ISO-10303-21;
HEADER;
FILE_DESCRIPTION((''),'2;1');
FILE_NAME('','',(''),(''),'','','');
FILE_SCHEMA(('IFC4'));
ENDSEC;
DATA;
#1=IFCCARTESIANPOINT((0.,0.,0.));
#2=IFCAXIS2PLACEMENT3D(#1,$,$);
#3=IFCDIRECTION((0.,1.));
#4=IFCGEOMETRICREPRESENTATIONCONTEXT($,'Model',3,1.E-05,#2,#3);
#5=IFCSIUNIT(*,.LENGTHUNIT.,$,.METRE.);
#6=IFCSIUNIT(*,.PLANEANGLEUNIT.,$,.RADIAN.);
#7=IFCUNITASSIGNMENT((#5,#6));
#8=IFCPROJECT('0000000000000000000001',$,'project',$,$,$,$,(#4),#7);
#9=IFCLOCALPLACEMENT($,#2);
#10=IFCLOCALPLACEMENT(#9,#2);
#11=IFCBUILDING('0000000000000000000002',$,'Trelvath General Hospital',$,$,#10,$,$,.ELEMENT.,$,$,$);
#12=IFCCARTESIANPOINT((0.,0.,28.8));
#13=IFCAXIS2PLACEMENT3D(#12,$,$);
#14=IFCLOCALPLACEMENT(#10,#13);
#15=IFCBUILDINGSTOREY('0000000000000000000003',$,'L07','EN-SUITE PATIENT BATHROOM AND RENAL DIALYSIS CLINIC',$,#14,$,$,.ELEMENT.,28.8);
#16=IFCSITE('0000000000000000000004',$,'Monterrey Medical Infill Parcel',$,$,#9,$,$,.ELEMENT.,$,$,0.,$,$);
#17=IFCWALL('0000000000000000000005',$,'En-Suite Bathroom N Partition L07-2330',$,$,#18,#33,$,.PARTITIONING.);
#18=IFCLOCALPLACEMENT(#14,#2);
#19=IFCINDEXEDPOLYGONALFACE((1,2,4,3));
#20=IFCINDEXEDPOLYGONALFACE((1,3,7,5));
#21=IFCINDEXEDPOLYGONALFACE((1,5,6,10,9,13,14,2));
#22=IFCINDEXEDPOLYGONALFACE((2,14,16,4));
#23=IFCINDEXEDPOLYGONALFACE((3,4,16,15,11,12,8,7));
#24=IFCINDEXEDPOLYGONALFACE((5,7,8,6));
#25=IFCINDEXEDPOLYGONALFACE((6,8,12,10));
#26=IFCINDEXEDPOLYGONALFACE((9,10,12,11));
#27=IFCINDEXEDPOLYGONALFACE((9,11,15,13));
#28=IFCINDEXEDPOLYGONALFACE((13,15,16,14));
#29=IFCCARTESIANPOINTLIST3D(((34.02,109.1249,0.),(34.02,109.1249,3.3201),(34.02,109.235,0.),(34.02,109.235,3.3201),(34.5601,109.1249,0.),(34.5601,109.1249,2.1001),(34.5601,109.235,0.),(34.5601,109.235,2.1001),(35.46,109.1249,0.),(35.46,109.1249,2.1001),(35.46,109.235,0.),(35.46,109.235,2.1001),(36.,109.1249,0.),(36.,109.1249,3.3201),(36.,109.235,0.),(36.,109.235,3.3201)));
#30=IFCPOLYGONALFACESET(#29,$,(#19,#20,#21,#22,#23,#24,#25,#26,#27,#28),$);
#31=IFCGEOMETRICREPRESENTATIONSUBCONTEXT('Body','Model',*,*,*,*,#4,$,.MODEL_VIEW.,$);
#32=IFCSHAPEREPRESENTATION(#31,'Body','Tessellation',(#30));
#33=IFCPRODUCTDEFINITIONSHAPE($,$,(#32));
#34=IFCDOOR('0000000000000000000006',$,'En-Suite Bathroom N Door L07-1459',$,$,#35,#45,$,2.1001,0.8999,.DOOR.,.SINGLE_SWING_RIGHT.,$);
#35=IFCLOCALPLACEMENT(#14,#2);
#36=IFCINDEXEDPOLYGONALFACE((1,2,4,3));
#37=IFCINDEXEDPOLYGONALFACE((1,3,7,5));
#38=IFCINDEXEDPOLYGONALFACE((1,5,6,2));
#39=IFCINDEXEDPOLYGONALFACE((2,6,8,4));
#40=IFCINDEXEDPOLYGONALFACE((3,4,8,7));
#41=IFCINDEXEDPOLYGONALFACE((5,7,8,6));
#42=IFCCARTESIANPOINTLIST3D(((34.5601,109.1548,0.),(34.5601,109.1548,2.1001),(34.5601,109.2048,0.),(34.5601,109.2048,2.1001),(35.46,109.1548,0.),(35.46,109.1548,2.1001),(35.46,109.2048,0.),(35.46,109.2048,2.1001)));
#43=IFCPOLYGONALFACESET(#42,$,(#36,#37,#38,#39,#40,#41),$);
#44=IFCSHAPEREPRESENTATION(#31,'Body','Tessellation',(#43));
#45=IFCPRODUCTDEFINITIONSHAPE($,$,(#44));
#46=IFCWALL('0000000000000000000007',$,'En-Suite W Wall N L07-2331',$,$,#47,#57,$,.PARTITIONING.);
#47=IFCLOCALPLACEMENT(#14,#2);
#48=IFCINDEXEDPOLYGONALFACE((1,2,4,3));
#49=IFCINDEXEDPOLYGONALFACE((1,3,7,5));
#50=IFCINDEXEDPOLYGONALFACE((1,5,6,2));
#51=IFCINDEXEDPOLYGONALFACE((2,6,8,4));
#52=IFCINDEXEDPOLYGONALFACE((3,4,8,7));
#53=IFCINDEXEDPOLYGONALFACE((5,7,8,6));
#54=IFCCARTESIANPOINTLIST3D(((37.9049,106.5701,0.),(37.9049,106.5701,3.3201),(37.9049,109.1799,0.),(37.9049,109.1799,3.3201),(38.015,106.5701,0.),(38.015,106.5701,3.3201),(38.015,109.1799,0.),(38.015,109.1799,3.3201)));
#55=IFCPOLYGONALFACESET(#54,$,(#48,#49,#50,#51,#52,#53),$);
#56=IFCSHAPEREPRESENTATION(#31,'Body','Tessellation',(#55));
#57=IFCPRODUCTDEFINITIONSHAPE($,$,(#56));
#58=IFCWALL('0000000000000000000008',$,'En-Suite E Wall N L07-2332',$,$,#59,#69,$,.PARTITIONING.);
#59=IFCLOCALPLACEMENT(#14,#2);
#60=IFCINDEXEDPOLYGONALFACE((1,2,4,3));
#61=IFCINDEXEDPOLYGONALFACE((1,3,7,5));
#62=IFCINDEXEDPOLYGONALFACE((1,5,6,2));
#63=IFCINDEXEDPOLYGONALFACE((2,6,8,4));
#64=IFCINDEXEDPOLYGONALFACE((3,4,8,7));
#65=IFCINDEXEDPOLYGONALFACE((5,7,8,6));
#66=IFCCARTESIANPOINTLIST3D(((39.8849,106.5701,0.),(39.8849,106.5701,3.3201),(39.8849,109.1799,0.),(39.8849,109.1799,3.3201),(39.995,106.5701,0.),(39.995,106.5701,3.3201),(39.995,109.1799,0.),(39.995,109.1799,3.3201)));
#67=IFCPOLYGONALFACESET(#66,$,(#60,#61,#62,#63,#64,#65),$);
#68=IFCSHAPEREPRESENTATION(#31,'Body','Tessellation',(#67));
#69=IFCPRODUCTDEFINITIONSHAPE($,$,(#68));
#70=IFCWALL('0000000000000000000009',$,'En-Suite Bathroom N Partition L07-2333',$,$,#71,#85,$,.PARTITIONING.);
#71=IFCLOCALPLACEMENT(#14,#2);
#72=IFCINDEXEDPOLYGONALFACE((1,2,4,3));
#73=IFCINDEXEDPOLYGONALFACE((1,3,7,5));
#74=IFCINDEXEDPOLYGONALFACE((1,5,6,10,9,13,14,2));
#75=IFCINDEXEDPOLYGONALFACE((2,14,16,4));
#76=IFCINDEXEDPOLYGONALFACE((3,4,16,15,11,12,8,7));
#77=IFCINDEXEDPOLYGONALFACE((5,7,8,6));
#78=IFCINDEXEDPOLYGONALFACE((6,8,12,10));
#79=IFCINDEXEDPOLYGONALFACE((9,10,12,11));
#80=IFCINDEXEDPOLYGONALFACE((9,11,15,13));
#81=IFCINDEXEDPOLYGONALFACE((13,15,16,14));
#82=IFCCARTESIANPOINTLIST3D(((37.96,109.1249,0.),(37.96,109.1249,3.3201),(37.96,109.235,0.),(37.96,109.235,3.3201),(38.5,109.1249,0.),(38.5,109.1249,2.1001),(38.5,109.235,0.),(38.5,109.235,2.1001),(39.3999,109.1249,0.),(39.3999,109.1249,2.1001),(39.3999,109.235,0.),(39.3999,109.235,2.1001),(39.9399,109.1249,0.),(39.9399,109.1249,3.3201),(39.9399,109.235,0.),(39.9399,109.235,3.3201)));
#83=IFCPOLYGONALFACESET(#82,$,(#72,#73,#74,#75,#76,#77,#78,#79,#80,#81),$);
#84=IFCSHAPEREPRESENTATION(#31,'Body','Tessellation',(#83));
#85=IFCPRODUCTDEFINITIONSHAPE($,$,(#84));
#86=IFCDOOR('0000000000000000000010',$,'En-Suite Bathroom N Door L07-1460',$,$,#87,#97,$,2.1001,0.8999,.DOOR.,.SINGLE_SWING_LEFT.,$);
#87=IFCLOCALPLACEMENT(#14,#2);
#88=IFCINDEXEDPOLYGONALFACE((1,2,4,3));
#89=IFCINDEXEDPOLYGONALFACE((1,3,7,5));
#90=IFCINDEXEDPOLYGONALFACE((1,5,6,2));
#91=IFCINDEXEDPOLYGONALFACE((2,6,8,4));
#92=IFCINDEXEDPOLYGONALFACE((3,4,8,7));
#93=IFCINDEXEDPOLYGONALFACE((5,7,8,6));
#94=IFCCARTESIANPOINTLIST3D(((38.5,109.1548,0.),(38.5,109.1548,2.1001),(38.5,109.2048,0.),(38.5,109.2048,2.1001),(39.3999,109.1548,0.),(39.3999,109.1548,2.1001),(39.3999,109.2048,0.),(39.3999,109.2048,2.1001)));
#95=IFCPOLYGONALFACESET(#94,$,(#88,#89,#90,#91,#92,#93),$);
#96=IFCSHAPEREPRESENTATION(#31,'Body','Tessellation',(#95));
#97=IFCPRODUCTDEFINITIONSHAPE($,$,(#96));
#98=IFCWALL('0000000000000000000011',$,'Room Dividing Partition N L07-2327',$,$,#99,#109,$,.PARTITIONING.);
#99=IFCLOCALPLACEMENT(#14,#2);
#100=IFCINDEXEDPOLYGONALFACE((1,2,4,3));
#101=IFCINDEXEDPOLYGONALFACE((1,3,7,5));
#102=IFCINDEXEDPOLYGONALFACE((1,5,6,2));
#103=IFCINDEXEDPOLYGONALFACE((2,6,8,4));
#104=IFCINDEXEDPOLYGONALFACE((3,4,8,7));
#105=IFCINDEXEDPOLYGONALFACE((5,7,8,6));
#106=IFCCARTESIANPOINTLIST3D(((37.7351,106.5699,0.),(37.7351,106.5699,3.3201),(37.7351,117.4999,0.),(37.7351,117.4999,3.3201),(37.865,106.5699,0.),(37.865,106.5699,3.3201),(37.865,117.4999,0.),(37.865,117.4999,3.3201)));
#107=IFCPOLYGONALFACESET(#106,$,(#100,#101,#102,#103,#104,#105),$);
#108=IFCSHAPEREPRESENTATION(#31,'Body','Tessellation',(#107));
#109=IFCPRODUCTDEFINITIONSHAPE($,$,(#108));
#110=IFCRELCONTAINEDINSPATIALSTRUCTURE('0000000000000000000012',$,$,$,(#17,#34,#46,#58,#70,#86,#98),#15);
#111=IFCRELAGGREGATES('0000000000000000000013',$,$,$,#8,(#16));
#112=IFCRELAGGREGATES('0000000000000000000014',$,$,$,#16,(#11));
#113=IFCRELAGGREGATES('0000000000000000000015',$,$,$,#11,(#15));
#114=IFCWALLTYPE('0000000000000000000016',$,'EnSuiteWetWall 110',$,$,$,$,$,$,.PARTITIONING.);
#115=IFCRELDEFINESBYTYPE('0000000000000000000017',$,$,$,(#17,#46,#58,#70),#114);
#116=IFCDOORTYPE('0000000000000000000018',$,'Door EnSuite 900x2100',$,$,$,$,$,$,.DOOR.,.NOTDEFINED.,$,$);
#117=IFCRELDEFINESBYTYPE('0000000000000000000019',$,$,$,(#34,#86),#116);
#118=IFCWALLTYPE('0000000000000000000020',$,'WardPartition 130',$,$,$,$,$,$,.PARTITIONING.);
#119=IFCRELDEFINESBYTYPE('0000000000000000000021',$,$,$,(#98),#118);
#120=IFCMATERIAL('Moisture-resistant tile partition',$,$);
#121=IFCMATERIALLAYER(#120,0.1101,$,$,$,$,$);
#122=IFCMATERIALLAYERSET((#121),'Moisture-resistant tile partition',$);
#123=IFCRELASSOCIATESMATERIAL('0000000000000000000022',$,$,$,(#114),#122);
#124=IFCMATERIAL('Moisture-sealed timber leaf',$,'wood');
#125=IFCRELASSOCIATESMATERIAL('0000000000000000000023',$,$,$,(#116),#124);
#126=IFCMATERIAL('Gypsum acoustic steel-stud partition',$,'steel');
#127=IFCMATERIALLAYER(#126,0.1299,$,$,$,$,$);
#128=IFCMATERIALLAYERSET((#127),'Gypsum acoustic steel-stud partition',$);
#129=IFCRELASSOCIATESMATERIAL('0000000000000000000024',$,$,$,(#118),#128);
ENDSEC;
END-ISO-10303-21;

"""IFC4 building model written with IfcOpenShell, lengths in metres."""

from ifc_helpers import new_model, si_unit, direction, frame, frame_2d, origin, place, context, subcontext, project, spatial, rectangle, extrude, material, layer, layer_set, type_object, element, fill, save


model = new_model("IFC4")

# Units and contexts
model_context = context("Model", 3, precision=1e-05, world=origin(), true_north=direction((0.0, 1.0)))
body_context = subcontext(model_context, "Body", "Model", "MODEL_VIEW")
ifc_project = project(units=[si_unit("LENGTHUNIT", "METRE"), si_unit("PLANEANGLEUNIT", "RADIAN")], contexts=[model_context])

# Site, building, storey
site_placement = place(None, origin())
site = spatial("IfcSite", under=ifc_project, at=site_placement, Name="Monterrey Medical Infill Parcel", CompositionType="ELEMENT", RefElevation=0.0)
building_placement = place(site_placement, origin())
building = spatial("IfcBuilding", under=site, at=building_placement, Name="Trelvath General Hospital", CompositionType="ELEMENT")
storey_placement = place(building_placement, frame((0.0, 0.0, 28.8)))
storey = spatial("IfcBuildingStorey", under=building, at=storey_placement, Name="L07", Description="EN-SUITE PATIENT BATHROOM AND RENAL DIALYSIS CLINIC", CompositionType="ELEMENT", Elevation=28.8)

# Shared definitions
ifc_material_1 = material(Name="Moisture-resistant tile partition")
ifc_layer_1 = layer(ifc_material_1, 0.1101)
ifc_layer_set_1 = layer_set([ifc_layer_1], Name="Moisture-resistant tile partition")
wall_type_1 = type_object("IfcWallType", Name="EnSuiteWetWall 110", PredefinedType="PARTITIONING", material=ifc_layer_set_1)

# Wall, opening, door
wall_1_placement = place(storey_placement, frame((34.02, 109.1799, 0.0), z_axis=(0.0, 0.0, 1.0), x_axis=(1.0, 0.0, 0.0)))
wall_1 = element("IfcWall", 1, at=wall_1_placement, inside=storey, type_object=wall_type_1, Name="En-Suite Bathroom N Partition L07-2330", PredefinedType="PARTITIONING", context=body_context, shape_type="SweptSolid", body=[
    extrude(rectangle(XDim=1.98, YDim=0.1101, at=frame_2d((0.99, 0.0))), origin(), (0.0, 0.0, 1.0), 3.3201),
])
opening_1_placement = place(wall_1_placement, frame((0.54, 0.0, 0.0)))
opening_1 = element("IfcOpeningElement", 2, at=opening_1_placement, cuts=wall_1, PredefinedType="OPENING", context=body_context, shape_type="SweptSolid", body=[
    extrude(rectangle(XDim=0.8999, YDim=2.1001, at=frame_2d((0.45, 1.05))), frame((0.0, 0.0649, 0.0), z_axis=(0.0, -1.0, 0.0), x_axis=(1.0, 0.0, 0.0)), (0.0, 0.0, 1.0), 0.1301),
])
ifc_material_2 = material(Name="Moisture-sealed timber leaf", Category="wood")
door_type_1 = type_object("IfcDoorType", Name="Door EnSuite 900x2100", OperationType="NOTDEFINED", PredefinedType="DOOR", material=ifc_material_2)
door_1_placement = place(opening_1_placement, origin())
door_1 = element("IfcDoor", 3, at=door_1_placement, inside=storey, type_object=door_type_1, Name="En-Suite Bathroom N Door L07-1459", OperationType="SINGLE_SWING_RIGHT", OverallHeight=2.1001, OverallWidth=0.8999, PredefinedType="DOOR", context=body_context, shape_type="SweptSolid", body=[
    extrude(rectangle(XDim=0.8999, YDim=2.1001, at=frame_2d((0.45, 1.05))), frame((0.0, 0.0249, 0.0), z_axis=(0.0, -1.0, 0.0), x_axis=(1.0, 0.0, 0.0)), (0.0, 0.0, 1.0), 0.05),
])
fill(opening_1, door_1)

# Walls
for number, where, z_axis, x_axis, name in (
    (4, (37.96, 106.5701, 0.0), (0.0, 0.0, 1.0), (0.0, 1.0, 0.0), "En-Suite W Wall N L07-2331"),
    (5, (39.9399, 106.5701, 0.0), (0.0, 0.0, 1.0), (0.0, 1.0, 0.0), "En-Suite E Wall N L07-2332"),
):
    element("IfcWall", number, at=place(storey_placement, frame(where, z_axis=z_axis, x_axis=x_axis)), inside=storey, type_object=wall_type_1, Name=name, PredefinedType="PARTITIONING", context=body_context, shape_type="SweptSolid", body=[
        extrude(rectangle(XDim=2.6099, YDim=0.1101, at=frame_2d((1.3049, 0.0))), origin(), (0.0, 0.0, 1.0), 3.3201),
    ])

# Wall, opening, door
wall_2_placement = place(storey_placement, frame((37.96, 109.1799, 0.0), z_axis=(0.0, 0.0, 1.0), x_axis=(1.0, 0.0, 0.0)))
wall_2 = element("IfcWall", 6, at=wall_2_placement, inside=storey, type_object=wall_type_1, Name="En-Suite Bathroom N Partition L07-2333", PredefinedType="PARTITIONING", context=body_context, shape_type="SweptSolid", body=[
    extrude(rectangle(XDim=1.98, YDim=0.1101, at=frame_2d((0.99, 0.0))), origin(), (0.0, 0.0, 1.0), 3.3201),
])
opening_2_placement = place(wall_2_placement, frame((0.54, 0.0, 0.0)))
opening_2 = element("IfcOpeningElement", 7, at=opening_2_placement, cuts=wall_2, PredefinedType="OPENING", context=body_context, shape_type="SweptSolid", body=[
    extrude(rectangle(XDim=0.8999, YDim=2.1001, at=frame_2d((0.45, 1.05))), frame((0.0, 0.0649, 0.0), z_axis=(0.0, -1.0, 0.0), x_axis=(1.0, 0.0, 0.0)), (0.0, 0.0, 1.0), 0.1301),
])
door_2_placement = place(opening_2_placement, origin())
door_2 = element("IfcDoor", 8, at=door_2_placement, inside=storey, type_object=door_type_1, Name="En-Suite Bathroom N Door L07-1460", OperationType="SINGLE_SWING_LEFT", OverallHeight=2.1001, OverallWidth=0.8999, PredefinedType="DOOR", context=body_context, shape_type="SweptSolid", body=[
    extrude(rectangle(XDim=0.8999, YDim=2.1001, at=frame_2d((0.45, 1.05))), frame((0.0, 0.0249, 0.0), z_axis=(0.0, -1.0, 0.0), x_axis=(1.0, 0.0, 0.0)), (0.0, 0.0, 1.0), 0.05),
])
fill(opening_2, door_2)

# Wall
ifc_material_3 = material(Name="Gypsum acoustic steel-stud partition", Category="steel")
ifc_layer_2 = layer(ifc_material_3, 0.1299)
ifc_layer_set_2 = layer_set([ifc_layer_2], Name="Gypsum acoustic steel-stud partition")
wall_type_2 = type_object("IfcWallType", Name="WardPartition 130", PredefinedType="PARTITIONING", material=ifc_layer_set_2)
wall_3_placement = place(storey_placement, frame((37.8, 106.5701, 0.0), z_axis=(0.0, 0.0, 1.0), x_axis=(0.0, 1.0, 0.0)))
element("IfcWall", 9, at=wall_3_placement, inside=storey, type_object=wall_type_2, Name="Room Dividing Partition N L07-2327", PredefinedType="PARTITIONING", context=body_context, shape_type="SweptSolid", body=[
    extrude(rectangle(XDim=10.9299, YDim=0.1299, at=frame_2d((5.4648, 0.0))), origin(), (0.0, 0.0, 1.0), 3.3201),
])

save(model, "model.ifc")
